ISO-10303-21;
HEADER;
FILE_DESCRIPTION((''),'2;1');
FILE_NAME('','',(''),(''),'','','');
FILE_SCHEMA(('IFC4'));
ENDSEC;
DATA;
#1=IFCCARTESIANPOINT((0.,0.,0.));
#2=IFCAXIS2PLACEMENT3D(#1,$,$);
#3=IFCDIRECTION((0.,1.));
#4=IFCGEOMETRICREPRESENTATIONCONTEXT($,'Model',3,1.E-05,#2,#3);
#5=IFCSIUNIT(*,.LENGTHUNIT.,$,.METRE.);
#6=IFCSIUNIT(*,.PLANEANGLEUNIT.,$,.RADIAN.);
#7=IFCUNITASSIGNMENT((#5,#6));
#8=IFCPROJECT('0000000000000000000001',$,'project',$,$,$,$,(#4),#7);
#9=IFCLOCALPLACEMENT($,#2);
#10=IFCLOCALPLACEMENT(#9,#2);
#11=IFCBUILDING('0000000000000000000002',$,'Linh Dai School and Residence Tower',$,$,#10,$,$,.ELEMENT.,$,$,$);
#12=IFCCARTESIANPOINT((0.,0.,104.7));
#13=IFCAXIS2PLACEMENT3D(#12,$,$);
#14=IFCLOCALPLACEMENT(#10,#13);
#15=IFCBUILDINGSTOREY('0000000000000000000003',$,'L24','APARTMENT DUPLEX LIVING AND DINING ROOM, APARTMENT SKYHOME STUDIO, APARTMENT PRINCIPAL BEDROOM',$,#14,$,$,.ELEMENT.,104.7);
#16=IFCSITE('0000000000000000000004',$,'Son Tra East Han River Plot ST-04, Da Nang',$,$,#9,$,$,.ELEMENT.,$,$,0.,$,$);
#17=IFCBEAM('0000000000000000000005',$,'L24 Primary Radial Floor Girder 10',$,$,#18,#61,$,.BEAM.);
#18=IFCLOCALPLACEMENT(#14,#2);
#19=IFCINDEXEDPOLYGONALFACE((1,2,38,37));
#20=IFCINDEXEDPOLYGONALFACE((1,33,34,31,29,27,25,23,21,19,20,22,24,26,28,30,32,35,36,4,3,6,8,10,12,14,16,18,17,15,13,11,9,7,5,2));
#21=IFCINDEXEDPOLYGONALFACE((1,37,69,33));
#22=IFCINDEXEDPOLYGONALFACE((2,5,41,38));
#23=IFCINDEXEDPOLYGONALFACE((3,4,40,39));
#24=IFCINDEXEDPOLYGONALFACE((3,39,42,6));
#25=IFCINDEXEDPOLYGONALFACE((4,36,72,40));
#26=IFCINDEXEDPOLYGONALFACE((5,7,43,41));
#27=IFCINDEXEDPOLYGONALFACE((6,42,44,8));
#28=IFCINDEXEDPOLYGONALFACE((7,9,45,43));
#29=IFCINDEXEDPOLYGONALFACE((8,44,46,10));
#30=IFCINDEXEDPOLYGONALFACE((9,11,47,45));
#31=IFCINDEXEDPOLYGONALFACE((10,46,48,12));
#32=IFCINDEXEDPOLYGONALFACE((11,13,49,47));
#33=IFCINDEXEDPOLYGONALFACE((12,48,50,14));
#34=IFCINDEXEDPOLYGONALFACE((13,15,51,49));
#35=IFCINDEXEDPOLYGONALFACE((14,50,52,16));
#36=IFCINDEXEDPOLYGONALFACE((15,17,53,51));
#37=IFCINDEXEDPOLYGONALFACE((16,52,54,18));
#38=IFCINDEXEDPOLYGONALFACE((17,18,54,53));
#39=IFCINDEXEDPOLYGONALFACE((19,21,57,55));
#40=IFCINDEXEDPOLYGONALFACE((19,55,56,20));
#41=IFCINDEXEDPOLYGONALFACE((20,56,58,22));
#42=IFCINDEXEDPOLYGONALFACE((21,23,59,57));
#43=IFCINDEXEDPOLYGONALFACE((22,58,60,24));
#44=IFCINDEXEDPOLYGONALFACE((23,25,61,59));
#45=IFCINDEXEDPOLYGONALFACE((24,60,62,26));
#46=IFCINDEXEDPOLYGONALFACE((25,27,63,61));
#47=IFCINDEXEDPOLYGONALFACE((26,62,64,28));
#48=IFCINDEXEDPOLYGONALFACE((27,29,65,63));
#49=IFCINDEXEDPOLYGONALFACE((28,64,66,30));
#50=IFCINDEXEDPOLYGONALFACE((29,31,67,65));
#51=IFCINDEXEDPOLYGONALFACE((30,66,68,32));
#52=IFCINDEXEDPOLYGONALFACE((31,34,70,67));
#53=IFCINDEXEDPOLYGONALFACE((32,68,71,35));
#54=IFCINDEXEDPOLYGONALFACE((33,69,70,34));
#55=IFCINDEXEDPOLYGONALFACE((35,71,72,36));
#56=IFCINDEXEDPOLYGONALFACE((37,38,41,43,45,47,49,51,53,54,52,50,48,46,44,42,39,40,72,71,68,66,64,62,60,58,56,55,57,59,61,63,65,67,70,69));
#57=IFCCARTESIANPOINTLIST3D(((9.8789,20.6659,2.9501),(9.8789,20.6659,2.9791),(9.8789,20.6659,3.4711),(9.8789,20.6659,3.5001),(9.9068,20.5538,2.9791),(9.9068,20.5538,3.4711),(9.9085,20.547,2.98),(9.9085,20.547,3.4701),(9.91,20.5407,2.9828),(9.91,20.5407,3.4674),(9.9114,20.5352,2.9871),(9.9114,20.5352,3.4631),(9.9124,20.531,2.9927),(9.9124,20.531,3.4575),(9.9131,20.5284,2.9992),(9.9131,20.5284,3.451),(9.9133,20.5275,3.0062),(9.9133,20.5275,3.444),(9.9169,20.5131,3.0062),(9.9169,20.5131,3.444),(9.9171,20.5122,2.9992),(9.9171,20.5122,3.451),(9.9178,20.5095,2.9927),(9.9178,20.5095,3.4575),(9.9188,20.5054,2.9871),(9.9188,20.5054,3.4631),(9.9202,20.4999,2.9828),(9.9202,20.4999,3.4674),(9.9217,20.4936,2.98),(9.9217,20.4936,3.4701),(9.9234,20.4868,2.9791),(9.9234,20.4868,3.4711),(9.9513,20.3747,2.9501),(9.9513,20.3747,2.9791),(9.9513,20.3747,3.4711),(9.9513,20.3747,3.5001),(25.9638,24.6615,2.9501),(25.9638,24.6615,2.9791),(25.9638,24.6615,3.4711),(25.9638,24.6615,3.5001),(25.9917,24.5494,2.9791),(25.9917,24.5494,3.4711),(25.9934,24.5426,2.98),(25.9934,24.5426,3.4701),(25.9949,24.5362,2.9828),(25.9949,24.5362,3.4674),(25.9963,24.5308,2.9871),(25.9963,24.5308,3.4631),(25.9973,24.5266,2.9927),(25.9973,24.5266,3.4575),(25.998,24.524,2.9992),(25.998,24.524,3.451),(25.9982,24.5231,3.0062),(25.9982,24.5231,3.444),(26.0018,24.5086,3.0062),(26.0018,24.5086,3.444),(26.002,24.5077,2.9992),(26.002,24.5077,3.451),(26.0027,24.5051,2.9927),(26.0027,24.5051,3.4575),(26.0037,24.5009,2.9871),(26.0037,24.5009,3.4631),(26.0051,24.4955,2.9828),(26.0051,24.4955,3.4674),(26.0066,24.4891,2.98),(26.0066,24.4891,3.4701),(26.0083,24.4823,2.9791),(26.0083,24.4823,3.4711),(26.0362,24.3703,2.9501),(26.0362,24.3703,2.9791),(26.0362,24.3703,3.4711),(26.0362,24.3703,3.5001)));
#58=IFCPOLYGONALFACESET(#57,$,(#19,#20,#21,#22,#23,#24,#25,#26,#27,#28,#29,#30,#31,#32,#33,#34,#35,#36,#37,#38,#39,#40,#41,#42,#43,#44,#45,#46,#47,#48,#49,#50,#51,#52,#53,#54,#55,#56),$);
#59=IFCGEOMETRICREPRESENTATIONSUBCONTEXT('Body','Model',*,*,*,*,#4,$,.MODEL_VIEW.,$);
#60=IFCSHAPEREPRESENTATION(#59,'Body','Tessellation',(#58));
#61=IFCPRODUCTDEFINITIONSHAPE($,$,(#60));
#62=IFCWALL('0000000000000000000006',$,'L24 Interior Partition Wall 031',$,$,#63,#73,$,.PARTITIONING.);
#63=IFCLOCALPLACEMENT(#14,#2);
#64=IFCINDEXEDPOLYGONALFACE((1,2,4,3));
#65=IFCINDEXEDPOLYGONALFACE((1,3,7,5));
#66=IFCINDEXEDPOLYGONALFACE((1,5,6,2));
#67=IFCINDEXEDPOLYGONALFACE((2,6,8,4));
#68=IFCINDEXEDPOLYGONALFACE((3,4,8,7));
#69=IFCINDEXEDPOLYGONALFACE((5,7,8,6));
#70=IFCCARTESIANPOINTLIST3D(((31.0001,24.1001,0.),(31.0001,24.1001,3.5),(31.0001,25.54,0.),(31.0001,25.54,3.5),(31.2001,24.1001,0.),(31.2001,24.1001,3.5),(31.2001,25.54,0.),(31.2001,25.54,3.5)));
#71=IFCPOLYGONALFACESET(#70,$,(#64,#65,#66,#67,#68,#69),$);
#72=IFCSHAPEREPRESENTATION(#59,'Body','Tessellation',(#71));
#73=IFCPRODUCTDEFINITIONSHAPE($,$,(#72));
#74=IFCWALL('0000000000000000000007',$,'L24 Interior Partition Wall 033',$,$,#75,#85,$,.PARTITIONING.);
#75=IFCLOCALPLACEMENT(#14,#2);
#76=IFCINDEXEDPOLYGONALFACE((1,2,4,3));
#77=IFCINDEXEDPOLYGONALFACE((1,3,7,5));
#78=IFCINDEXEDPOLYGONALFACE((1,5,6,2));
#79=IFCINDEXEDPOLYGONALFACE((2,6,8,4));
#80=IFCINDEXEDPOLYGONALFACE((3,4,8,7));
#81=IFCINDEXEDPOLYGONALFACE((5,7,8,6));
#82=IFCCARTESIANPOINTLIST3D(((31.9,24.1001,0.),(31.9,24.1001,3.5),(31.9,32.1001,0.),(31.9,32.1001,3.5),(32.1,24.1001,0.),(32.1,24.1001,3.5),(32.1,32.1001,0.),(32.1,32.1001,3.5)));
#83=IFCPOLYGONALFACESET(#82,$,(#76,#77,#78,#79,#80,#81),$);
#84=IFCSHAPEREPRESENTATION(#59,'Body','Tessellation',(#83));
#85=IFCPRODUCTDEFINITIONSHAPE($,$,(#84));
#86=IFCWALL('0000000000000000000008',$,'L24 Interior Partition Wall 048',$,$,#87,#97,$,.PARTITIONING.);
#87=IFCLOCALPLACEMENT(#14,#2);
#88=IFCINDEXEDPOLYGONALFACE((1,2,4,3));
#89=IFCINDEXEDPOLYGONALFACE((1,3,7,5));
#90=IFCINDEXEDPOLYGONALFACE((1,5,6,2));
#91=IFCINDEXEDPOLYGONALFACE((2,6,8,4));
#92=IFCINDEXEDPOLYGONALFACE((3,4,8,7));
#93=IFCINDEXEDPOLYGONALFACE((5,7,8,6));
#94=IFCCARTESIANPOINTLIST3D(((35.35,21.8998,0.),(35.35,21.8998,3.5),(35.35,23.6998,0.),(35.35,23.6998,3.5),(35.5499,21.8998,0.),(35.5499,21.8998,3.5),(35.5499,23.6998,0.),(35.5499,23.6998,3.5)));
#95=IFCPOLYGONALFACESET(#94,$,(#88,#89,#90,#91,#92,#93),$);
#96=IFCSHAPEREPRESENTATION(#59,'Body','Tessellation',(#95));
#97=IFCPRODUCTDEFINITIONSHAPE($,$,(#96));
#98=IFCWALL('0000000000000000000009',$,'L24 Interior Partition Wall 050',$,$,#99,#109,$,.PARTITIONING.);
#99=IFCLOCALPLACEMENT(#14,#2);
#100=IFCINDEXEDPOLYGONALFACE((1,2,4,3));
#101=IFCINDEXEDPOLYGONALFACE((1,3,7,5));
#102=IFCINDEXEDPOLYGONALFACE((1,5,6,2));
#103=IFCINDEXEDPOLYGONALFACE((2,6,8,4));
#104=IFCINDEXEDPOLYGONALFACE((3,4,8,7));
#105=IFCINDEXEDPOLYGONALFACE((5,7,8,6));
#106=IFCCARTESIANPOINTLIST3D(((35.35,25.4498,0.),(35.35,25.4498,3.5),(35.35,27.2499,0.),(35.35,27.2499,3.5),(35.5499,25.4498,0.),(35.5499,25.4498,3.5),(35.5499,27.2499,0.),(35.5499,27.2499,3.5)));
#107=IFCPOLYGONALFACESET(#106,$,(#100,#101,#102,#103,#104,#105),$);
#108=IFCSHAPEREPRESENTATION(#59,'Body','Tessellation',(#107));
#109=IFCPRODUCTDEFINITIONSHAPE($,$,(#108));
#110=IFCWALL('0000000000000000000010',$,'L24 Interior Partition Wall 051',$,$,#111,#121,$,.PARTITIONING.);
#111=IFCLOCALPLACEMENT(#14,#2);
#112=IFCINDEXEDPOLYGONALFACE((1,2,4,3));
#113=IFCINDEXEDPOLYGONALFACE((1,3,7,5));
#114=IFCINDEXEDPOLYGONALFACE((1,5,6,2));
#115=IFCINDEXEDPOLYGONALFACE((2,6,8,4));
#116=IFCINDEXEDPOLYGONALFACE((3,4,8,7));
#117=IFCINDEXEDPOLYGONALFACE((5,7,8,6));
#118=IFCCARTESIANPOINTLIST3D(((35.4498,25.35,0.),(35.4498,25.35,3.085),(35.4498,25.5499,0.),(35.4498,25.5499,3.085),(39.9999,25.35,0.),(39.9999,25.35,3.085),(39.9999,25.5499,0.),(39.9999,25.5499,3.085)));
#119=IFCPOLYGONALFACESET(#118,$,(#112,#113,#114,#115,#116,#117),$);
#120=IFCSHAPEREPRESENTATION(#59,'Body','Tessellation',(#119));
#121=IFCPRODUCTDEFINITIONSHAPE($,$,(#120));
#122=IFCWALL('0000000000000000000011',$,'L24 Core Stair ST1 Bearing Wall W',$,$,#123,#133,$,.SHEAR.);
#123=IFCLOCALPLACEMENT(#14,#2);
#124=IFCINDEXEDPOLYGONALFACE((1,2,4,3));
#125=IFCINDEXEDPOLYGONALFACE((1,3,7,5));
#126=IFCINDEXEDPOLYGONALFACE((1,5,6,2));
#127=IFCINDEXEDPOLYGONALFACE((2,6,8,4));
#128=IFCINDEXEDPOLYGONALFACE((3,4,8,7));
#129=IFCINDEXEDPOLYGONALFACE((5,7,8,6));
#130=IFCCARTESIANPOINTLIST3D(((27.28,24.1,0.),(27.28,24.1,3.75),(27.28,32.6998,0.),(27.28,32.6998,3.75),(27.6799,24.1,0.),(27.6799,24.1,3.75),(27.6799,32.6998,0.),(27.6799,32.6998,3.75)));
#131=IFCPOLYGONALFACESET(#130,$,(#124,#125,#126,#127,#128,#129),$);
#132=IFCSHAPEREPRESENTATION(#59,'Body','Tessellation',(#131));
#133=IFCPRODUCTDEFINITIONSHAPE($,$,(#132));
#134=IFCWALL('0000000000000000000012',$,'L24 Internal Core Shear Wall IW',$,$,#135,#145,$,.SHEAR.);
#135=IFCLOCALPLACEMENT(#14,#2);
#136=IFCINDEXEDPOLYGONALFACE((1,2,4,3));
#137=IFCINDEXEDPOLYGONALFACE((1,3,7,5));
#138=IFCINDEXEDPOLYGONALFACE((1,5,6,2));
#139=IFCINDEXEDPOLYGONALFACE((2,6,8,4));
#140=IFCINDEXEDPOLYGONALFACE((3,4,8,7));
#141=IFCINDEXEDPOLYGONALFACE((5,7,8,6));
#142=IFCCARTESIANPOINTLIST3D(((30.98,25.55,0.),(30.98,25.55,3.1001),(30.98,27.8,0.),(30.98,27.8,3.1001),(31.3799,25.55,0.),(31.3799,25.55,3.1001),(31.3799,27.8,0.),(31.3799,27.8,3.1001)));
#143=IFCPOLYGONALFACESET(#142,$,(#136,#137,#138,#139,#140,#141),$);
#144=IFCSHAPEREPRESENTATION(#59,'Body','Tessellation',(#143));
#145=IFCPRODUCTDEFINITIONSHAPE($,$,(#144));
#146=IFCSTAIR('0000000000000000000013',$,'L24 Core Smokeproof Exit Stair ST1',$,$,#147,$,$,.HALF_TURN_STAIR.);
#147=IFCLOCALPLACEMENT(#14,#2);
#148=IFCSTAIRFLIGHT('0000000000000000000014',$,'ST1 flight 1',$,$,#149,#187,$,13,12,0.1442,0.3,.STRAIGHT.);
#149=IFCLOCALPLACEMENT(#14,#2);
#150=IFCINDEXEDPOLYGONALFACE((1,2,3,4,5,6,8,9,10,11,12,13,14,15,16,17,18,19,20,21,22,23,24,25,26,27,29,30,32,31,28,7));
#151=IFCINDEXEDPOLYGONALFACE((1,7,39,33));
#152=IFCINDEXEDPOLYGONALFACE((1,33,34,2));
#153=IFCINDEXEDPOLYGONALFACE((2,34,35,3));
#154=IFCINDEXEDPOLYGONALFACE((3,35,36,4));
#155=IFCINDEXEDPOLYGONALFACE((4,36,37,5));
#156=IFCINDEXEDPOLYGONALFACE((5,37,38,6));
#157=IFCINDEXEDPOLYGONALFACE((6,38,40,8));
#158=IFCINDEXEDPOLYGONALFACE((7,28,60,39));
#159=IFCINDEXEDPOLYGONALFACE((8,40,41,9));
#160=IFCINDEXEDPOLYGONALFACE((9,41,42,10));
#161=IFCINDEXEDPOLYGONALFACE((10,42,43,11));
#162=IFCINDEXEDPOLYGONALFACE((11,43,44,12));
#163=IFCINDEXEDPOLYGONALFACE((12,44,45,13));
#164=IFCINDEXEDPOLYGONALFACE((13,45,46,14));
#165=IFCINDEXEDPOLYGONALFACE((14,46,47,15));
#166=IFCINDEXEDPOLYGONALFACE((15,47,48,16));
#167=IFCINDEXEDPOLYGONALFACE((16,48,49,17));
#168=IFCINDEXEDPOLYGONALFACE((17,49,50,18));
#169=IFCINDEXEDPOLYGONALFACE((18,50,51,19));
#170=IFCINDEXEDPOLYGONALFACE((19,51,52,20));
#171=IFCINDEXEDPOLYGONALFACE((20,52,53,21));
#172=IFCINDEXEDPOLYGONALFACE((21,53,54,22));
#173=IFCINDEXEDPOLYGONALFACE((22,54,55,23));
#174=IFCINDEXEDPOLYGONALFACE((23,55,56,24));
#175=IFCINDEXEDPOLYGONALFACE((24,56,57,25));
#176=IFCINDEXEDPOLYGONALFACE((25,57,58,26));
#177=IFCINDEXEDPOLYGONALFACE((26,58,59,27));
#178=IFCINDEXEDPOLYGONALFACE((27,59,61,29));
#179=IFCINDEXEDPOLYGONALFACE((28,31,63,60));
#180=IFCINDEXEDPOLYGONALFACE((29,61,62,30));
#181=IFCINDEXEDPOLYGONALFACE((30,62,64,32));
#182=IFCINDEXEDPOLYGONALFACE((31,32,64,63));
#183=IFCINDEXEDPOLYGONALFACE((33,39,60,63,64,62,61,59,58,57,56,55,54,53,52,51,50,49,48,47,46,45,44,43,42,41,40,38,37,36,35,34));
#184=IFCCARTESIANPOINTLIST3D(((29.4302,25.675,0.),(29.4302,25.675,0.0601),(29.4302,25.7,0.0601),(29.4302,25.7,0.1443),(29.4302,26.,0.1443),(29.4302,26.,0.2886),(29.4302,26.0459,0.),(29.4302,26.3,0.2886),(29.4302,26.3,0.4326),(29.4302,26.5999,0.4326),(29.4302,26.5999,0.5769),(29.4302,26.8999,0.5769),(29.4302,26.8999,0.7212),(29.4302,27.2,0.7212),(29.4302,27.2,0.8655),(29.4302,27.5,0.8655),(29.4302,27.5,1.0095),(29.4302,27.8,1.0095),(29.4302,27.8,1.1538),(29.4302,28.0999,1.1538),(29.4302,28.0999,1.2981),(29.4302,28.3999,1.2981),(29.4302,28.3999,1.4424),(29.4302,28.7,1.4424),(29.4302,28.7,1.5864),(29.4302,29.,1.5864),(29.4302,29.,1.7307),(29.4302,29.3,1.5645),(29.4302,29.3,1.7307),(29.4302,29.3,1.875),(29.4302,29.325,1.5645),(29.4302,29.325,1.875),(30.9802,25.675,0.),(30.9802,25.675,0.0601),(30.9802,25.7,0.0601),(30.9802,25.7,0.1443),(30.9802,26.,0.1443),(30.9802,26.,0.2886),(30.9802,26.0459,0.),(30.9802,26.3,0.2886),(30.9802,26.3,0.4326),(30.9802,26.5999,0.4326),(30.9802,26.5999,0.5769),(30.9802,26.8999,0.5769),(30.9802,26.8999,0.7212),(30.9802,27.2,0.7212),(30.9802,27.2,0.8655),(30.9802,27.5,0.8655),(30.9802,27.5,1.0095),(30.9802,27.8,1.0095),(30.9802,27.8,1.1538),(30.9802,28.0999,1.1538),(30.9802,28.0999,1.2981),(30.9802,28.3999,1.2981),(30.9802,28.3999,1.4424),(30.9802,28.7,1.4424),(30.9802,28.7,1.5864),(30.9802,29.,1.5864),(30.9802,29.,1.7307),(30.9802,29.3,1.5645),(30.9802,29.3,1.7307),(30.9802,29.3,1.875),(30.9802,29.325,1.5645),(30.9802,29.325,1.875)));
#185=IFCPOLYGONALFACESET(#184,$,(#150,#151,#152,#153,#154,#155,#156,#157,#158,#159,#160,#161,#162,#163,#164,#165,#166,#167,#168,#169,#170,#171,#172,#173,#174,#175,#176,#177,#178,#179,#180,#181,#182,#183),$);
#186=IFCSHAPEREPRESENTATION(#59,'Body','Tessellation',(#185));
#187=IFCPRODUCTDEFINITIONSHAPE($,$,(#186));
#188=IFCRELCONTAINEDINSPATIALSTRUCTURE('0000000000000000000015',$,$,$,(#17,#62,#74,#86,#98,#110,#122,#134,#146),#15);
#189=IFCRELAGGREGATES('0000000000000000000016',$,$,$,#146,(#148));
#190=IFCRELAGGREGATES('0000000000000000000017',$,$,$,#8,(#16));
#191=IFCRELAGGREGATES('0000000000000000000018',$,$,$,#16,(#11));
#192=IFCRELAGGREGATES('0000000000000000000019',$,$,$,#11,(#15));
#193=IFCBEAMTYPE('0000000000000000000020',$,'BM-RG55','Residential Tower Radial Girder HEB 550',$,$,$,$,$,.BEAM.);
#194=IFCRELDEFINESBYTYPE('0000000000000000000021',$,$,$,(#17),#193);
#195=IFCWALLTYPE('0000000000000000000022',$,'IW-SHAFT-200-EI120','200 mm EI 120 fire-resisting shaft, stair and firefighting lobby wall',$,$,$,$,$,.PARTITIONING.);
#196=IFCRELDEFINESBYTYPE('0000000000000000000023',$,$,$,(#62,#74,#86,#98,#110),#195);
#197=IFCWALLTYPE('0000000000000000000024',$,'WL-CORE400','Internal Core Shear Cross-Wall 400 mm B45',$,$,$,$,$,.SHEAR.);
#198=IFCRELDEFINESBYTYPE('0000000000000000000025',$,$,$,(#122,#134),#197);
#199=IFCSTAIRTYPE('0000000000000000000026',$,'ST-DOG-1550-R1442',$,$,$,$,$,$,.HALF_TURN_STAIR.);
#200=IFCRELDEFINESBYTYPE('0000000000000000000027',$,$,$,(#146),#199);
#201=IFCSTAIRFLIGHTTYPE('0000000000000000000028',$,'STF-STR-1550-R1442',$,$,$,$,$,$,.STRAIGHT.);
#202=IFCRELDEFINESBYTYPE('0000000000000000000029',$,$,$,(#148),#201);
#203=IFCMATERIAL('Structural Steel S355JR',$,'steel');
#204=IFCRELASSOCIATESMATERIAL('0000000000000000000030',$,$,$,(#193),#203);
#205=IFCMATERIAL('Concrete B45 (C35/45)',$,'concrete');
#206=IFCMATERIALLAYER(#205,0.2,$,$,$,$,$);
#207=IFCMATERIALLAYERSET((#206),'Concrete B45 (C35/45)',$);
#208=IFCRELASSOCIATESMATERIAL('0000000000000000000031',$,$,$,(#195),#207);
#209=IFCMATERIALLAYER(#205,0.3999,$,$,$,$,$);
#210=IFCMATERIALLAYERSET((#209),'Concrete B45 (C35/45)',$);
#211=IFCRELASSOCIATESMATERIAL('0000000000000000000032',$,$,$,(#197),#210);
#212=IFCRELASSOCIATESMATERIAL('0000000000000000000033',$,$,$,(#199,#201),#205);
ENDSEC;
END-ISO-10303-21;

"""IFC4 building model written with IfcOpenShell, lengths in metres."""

from ifc_helpers import new_model, si_unit, direction, frame, frame_2d, origin, origin_2d, place, context, subcontext, project, spatial, polyline, rectangle, i_section, outline, extrude, source, transform, mapped, material, layer, layer_set, material_profile, profile_set, type_object, element, aggregate, save


model = new_model("IFC4")

# Units and contexts
model_context = context("Model", 3, precision=1e-05, world=origin(), true_north=direction((0.0, 1.0)))
body_context = subcontext(model_context, "Body", "Model", "MODEL_VIEW")
ifc_project = project(units=[si_unit("LENGTHUNIT", "METRE"), si_unit("PLANEANGLEUNIT", "RADIAN")], contexts=[model_context])

# Site, building, storey
site_placement = place(None, origin())
site = spatial("IfcSite", under=ifc_project, at=site_placement, Name="Son Tra East Han River Plot ST-04, Da Nang", CompositionType="ELEMENT", RefElevation=0.0)
building_placement = place(site_placement, origin())
building = spatial("IfcBuilding", under=site, at=building_placement, Name="Linh Dai School and Residence Tower", CompositionType="ELEMENT")
storey_placement = place(building_placement, frame((0.0, 0.0, 104.7)))
storey = spatial("IfcBuildingStorey", under=building, at=storey_placement, Name="L24", Description="APARTMENT DUPLEX LIVING AND DINING ROOM, APARTMENT SKYHOME STUDIO, APARTMENT PRINCIPAL BEDROOM", CompositionType="ELEMENT", Elevation=104.7)

# Shared definitions
ifc_material_1 = material(Name="Structural Steel S355JR", Category="steel")

# Beam
ifc_material_profile_1 = material_profile(ifc_material_1, i_section(OverallWidth=0.3, OverallDepth=0.55, WebThickness=0.0149, FlangeThickness=0.0291, FilletRadius=0.0271, at=origin_2d()), Name="HEB 550")
ifc_profile_set_1 = profile_set([ifc_material_profile_1], Name="Structural Steel S355JR")
beam_type = type_object("IfcBeamType", Name="BM-RG55", Description="Residential Tower Radial Girder HEB 550", PredefinedType="BEAM", material=ifc_profile_set_1)
beam_placement = place(storey_placement, frame((26.0, 24.5159, 3.2251), z_axis=(-0.970505, -0.24108, 0.0), x_axis=(0.24108, -0.970505, 0.0)))
element("IfcBeam", 1, at=beam_placement, inside=storey, type_object=beam_type, Name="L24 Primary Radial Floor Girder 10", PredefinedType="BEAM", context=body_context, shape_type="SweptSolid", body=[
    extrude(i_section(OverallWidth=0.3, OverallDepth=0.55, WebThickness=0.0149, FlangeThickness=0.0291, FilletRadius=0.0271, at=origin_2d()), origin(), (0.0, 0.0, 1.0), 16.5737),
])

# Shared definitions
ifc_material_2 = material(Name="Concrete B45 (C35/45)", Category="concrete")
ifc_layer_1 = layer(ifc_material_2, 0.2)
ifc_layer_set_1 = layer_set([ifc_layer_1], Name="Concrete B45 (C35/45)")
wall_type_1 = type_object("IfcWallType", Name="IW-SHAFT-200-EI120", Description="200 mm EI 120 fire-resisting shaft, stair and firefighting lobby wall", PredefinedType="PARTITIONING", material=ifc_layer_set_1)

# Walls
wall_1_placement = place(storey_placement, frame((31.1001, 24.1001, 0.0), z_axis=(0.0, 0.0, 1.0), x_axis=(0.0, 1.0, 0.0)))
element("IfcWall", 2, at=wall_1_placement, inside=storey, type_object=wall_type_1, Name="L24 Interior Partition Wall 031", PredefinedType="PARTITIONING", context=body_context, shape_type="SweptSolid", body=[
    extrude(rectangle(XDim=1.4399, YDim=0.2, at=frame_2d((0.72, 0.0))), origin(), (0.0, 0.0, 1.0), 3.5),
])
wall_2_placement = place(storey_placement, frame((32.0, 24.1001, 0.0), z_axis=(0.0, 0.0, 1.0), x_axis=(0.0, 1.0, 0.0)))
element("IfcWall", 3, at=wall_2_placement, inside=storey, type_object=wall_type_1, Name="L24 Interior Partition Wall 033", PredefinedType="PARTITIONING", context=body_context, shape_type="SweptSolid", body=[
    extrude(rectangle(XDim=8.0, YDim=0.2, at=frame_2d((4.0, 0.0))), origin(), (0.0, 0.0, 1.0), 3.5),
])

# Wall
wall_3_placement = place(storey_placement, frame((35.45, 21.8999, 0.0), z_axis=(0.0, 0.0, 1.0), x_axis=(0.0, 1.0, 0.0)))
element("IfcWall", 4, at=wall_3_placement, inside=storey, type_object=wall_type_1, Name="L24 Interior Partition Wall 048", PredefinedType="PARTITIONING", context=body_context, shape_type="SweptSolid", body=[
    extrude(rectangle(XDim=1.8, YDim=0.2, at=frame_2d((0.8999, 0.0))), origin(), (0.0, 0.0, 1.0), 3.5),
])

# Walls
wall_4_placement = place(storey_placement, frame((35.45, 25.45, 0.0), z_axis=(0.0, 0.0, 1.0), x_axis=(0.0, 1.0, 0.0)))
element("IfcWall", 5, at=wall_4_placement, inside=storey, type_object=wall_type_1, Name="L24 Interior Partition Wall 050", PredefinedType="PARTITIONING", context=body_context, shape_type="SweptSolid", body=[
    extrude(rectangle(XDim=1.8, YDim=0.2, at=frame_2d((0.8999, 0.0))), origin(), (0.0, 0.0, 1.0), 3.5),
])
wall_5_placement = place(storey_placement, frame((35.45, 25.45, 0.0), z_axis=(0.0, 0.0, 1.0), x_axis=(1.0, 0.0, 0.0)))
element("IfcWall", 6, at=wall_5_placement, inside=storey, type_object=wall_type_1, Name="L24 Interior Partition Wall 051", PredefinedType="PARTITIONING", context=body_context, shape_type="SweptSolid", body=[
    extrude(rectangle(XDim=4.55, YDim=0.2, at=frame_2d((2.2749, 0.0))), origin(), (0.0, 0.0, 1.0), 3.085),
])
ifc_layer_2 = layer(ifc_material_2, 0.3999)
ifc_layer_set_2 = layer_set([ifc_layer_2], Name="Concrete B45 (C35/45)")
wall_type_2 = type_object("IfcWallType", Name="WL-CORE400", Description="Internal Core Shear Cross-Wall 400 mm B45", PredefinedType="SHEAR", material=ifc_layer_set_2)
wall_6_placement = place(storey_placement, frame((27.48, 24.1001, 0.0), z_axis=(0.0, 0.0, 1.0), x_axis=(0.0, 1.0, 0.0)))
element("IfcWall", 7, at=wall_6_placement, inside=storey, type_object=wall_type_2, Name="L24 Core Stair ST1 Bearing Wall W", PredefinedType="SHEAR", context=body_context, shape_type="SweptSolid", body=[
    extrude(rectangle(XDim=8.5999, YDim=0.3999, at=frame_2d((4.2998, 0.0))), origin(), (0.0, 0.0, 1.0), 3.75),
])
wall_7_placement = place(storey_placement, frame((31.1799, 25.55, 0.0), z_axis=(0.0, 0.0, 1.0), x_axis=(0.0, 1.0, 0.0)))
element("IfcWall", 8, at=wall_7_placement, inside=storey, type_object=wall_type_2, Name="L24 Internal Core Shear Wall IW", PredefinedType="SHEAR", context=body_context, shape_type="SweptSolid", body=[
    extrude(rectangle(XDim=2.25, YDim=0.3999, at=frame_2d((1.125, 0.0))), origin(), (0.0, 0.0, 1.0), 3.1001),
])

# Stair, stair flight
stair_type = type_object("IfcStairType", Name="ST-DOG-1550-R1442", PredefinedType="HALF_TURN_STAIR", material=ifc_material_2)
stair_placement = place(storey_placement, origin())
stair = element("IfcStair", 9, at=stair_placement, inside=storey, type_object=stair_type, Name="L24 Core Smokeproof Exit Stair ST1", PredefinedType="HALF_TURN_STAIR")
stair_flight_type = type_object("IfcStairFlightType", Name="STF-STR-1550-R1442", PredefinedType="STRAIGHT", material=ifc_material_2)
shared_shape_1 = source(origin(), body_context, "Body", "SweptSolid", [
    extrude(outline(polyline([(-0.0249, 0.0), (-0.0249, 0.0601), (0.0, 0.0601), (0.0, 0.1443), (0.3, 0.1443), (0.3, 0.2886), (0.6001, 0.2886), (0.6001, 0.4326), (0.8999, 0.4326), (0.8999, 0.5769), (1.2, 0.5769), (1.2, 0.7212), (1.5, 0.7212), (1.5, 0.8655), (1.8, 0.8655), (1.8, 1.0095), (2.1001, 1.0095), (2.1001, 1.1538), (2.3999, 1.1538), (2.3999, 1.2981), (2.7, 1.2981), (2.7, 1.4424), (3.0, 1.4424), (3.0, 1.5864), (3.3, 1.5864), (3.3, 1.7307), (3.6001, 1.7307), (3.6001, 1.875), (3.625, 1.875), (3.625, 1.5645), (3.6001, 1.5645), (0.3459, 0.0), (-0.0249, 0.0)])), frame((0.0, 0.7749, 0.0), z_axis=(0.0, -1.0, 0.0), x_axis=(1.0, 0.0, 0.0)), (0.0, 0.0, 1.0), 1.55),
])
stair_flight_placement = place(storey_placement, frame((30.2051, 25.7, 0.0), z_axis=(0.0, 0.0, 1.0), x_axis=(0.0, 1.0, 0.0)))
stair_flight = element("IfcStairFlight", 10, at=stair_flight_placement, type_object=stair_flight_type, Name="ST1 flight 1", NumberOfRisers=13, NumberOfTreads=12, PredefinedType="STRAIGHT", RiserHeight=0.1442, TreadLength=0.3, context=body_context, shape_type="MappedRepresentation", body=[
    mapped(shared_shape_1, transform((0.0, 0.0, 0.0), x_axis=(1.0, 0.0, 0.0), y_axis=(0.0, 1.0, 0.0), z_axis=(0.0, 0.0, 1.0), scale=1.0)),
])
aggregate(stair, [stair_flight])

save(model, "model.ifc")
